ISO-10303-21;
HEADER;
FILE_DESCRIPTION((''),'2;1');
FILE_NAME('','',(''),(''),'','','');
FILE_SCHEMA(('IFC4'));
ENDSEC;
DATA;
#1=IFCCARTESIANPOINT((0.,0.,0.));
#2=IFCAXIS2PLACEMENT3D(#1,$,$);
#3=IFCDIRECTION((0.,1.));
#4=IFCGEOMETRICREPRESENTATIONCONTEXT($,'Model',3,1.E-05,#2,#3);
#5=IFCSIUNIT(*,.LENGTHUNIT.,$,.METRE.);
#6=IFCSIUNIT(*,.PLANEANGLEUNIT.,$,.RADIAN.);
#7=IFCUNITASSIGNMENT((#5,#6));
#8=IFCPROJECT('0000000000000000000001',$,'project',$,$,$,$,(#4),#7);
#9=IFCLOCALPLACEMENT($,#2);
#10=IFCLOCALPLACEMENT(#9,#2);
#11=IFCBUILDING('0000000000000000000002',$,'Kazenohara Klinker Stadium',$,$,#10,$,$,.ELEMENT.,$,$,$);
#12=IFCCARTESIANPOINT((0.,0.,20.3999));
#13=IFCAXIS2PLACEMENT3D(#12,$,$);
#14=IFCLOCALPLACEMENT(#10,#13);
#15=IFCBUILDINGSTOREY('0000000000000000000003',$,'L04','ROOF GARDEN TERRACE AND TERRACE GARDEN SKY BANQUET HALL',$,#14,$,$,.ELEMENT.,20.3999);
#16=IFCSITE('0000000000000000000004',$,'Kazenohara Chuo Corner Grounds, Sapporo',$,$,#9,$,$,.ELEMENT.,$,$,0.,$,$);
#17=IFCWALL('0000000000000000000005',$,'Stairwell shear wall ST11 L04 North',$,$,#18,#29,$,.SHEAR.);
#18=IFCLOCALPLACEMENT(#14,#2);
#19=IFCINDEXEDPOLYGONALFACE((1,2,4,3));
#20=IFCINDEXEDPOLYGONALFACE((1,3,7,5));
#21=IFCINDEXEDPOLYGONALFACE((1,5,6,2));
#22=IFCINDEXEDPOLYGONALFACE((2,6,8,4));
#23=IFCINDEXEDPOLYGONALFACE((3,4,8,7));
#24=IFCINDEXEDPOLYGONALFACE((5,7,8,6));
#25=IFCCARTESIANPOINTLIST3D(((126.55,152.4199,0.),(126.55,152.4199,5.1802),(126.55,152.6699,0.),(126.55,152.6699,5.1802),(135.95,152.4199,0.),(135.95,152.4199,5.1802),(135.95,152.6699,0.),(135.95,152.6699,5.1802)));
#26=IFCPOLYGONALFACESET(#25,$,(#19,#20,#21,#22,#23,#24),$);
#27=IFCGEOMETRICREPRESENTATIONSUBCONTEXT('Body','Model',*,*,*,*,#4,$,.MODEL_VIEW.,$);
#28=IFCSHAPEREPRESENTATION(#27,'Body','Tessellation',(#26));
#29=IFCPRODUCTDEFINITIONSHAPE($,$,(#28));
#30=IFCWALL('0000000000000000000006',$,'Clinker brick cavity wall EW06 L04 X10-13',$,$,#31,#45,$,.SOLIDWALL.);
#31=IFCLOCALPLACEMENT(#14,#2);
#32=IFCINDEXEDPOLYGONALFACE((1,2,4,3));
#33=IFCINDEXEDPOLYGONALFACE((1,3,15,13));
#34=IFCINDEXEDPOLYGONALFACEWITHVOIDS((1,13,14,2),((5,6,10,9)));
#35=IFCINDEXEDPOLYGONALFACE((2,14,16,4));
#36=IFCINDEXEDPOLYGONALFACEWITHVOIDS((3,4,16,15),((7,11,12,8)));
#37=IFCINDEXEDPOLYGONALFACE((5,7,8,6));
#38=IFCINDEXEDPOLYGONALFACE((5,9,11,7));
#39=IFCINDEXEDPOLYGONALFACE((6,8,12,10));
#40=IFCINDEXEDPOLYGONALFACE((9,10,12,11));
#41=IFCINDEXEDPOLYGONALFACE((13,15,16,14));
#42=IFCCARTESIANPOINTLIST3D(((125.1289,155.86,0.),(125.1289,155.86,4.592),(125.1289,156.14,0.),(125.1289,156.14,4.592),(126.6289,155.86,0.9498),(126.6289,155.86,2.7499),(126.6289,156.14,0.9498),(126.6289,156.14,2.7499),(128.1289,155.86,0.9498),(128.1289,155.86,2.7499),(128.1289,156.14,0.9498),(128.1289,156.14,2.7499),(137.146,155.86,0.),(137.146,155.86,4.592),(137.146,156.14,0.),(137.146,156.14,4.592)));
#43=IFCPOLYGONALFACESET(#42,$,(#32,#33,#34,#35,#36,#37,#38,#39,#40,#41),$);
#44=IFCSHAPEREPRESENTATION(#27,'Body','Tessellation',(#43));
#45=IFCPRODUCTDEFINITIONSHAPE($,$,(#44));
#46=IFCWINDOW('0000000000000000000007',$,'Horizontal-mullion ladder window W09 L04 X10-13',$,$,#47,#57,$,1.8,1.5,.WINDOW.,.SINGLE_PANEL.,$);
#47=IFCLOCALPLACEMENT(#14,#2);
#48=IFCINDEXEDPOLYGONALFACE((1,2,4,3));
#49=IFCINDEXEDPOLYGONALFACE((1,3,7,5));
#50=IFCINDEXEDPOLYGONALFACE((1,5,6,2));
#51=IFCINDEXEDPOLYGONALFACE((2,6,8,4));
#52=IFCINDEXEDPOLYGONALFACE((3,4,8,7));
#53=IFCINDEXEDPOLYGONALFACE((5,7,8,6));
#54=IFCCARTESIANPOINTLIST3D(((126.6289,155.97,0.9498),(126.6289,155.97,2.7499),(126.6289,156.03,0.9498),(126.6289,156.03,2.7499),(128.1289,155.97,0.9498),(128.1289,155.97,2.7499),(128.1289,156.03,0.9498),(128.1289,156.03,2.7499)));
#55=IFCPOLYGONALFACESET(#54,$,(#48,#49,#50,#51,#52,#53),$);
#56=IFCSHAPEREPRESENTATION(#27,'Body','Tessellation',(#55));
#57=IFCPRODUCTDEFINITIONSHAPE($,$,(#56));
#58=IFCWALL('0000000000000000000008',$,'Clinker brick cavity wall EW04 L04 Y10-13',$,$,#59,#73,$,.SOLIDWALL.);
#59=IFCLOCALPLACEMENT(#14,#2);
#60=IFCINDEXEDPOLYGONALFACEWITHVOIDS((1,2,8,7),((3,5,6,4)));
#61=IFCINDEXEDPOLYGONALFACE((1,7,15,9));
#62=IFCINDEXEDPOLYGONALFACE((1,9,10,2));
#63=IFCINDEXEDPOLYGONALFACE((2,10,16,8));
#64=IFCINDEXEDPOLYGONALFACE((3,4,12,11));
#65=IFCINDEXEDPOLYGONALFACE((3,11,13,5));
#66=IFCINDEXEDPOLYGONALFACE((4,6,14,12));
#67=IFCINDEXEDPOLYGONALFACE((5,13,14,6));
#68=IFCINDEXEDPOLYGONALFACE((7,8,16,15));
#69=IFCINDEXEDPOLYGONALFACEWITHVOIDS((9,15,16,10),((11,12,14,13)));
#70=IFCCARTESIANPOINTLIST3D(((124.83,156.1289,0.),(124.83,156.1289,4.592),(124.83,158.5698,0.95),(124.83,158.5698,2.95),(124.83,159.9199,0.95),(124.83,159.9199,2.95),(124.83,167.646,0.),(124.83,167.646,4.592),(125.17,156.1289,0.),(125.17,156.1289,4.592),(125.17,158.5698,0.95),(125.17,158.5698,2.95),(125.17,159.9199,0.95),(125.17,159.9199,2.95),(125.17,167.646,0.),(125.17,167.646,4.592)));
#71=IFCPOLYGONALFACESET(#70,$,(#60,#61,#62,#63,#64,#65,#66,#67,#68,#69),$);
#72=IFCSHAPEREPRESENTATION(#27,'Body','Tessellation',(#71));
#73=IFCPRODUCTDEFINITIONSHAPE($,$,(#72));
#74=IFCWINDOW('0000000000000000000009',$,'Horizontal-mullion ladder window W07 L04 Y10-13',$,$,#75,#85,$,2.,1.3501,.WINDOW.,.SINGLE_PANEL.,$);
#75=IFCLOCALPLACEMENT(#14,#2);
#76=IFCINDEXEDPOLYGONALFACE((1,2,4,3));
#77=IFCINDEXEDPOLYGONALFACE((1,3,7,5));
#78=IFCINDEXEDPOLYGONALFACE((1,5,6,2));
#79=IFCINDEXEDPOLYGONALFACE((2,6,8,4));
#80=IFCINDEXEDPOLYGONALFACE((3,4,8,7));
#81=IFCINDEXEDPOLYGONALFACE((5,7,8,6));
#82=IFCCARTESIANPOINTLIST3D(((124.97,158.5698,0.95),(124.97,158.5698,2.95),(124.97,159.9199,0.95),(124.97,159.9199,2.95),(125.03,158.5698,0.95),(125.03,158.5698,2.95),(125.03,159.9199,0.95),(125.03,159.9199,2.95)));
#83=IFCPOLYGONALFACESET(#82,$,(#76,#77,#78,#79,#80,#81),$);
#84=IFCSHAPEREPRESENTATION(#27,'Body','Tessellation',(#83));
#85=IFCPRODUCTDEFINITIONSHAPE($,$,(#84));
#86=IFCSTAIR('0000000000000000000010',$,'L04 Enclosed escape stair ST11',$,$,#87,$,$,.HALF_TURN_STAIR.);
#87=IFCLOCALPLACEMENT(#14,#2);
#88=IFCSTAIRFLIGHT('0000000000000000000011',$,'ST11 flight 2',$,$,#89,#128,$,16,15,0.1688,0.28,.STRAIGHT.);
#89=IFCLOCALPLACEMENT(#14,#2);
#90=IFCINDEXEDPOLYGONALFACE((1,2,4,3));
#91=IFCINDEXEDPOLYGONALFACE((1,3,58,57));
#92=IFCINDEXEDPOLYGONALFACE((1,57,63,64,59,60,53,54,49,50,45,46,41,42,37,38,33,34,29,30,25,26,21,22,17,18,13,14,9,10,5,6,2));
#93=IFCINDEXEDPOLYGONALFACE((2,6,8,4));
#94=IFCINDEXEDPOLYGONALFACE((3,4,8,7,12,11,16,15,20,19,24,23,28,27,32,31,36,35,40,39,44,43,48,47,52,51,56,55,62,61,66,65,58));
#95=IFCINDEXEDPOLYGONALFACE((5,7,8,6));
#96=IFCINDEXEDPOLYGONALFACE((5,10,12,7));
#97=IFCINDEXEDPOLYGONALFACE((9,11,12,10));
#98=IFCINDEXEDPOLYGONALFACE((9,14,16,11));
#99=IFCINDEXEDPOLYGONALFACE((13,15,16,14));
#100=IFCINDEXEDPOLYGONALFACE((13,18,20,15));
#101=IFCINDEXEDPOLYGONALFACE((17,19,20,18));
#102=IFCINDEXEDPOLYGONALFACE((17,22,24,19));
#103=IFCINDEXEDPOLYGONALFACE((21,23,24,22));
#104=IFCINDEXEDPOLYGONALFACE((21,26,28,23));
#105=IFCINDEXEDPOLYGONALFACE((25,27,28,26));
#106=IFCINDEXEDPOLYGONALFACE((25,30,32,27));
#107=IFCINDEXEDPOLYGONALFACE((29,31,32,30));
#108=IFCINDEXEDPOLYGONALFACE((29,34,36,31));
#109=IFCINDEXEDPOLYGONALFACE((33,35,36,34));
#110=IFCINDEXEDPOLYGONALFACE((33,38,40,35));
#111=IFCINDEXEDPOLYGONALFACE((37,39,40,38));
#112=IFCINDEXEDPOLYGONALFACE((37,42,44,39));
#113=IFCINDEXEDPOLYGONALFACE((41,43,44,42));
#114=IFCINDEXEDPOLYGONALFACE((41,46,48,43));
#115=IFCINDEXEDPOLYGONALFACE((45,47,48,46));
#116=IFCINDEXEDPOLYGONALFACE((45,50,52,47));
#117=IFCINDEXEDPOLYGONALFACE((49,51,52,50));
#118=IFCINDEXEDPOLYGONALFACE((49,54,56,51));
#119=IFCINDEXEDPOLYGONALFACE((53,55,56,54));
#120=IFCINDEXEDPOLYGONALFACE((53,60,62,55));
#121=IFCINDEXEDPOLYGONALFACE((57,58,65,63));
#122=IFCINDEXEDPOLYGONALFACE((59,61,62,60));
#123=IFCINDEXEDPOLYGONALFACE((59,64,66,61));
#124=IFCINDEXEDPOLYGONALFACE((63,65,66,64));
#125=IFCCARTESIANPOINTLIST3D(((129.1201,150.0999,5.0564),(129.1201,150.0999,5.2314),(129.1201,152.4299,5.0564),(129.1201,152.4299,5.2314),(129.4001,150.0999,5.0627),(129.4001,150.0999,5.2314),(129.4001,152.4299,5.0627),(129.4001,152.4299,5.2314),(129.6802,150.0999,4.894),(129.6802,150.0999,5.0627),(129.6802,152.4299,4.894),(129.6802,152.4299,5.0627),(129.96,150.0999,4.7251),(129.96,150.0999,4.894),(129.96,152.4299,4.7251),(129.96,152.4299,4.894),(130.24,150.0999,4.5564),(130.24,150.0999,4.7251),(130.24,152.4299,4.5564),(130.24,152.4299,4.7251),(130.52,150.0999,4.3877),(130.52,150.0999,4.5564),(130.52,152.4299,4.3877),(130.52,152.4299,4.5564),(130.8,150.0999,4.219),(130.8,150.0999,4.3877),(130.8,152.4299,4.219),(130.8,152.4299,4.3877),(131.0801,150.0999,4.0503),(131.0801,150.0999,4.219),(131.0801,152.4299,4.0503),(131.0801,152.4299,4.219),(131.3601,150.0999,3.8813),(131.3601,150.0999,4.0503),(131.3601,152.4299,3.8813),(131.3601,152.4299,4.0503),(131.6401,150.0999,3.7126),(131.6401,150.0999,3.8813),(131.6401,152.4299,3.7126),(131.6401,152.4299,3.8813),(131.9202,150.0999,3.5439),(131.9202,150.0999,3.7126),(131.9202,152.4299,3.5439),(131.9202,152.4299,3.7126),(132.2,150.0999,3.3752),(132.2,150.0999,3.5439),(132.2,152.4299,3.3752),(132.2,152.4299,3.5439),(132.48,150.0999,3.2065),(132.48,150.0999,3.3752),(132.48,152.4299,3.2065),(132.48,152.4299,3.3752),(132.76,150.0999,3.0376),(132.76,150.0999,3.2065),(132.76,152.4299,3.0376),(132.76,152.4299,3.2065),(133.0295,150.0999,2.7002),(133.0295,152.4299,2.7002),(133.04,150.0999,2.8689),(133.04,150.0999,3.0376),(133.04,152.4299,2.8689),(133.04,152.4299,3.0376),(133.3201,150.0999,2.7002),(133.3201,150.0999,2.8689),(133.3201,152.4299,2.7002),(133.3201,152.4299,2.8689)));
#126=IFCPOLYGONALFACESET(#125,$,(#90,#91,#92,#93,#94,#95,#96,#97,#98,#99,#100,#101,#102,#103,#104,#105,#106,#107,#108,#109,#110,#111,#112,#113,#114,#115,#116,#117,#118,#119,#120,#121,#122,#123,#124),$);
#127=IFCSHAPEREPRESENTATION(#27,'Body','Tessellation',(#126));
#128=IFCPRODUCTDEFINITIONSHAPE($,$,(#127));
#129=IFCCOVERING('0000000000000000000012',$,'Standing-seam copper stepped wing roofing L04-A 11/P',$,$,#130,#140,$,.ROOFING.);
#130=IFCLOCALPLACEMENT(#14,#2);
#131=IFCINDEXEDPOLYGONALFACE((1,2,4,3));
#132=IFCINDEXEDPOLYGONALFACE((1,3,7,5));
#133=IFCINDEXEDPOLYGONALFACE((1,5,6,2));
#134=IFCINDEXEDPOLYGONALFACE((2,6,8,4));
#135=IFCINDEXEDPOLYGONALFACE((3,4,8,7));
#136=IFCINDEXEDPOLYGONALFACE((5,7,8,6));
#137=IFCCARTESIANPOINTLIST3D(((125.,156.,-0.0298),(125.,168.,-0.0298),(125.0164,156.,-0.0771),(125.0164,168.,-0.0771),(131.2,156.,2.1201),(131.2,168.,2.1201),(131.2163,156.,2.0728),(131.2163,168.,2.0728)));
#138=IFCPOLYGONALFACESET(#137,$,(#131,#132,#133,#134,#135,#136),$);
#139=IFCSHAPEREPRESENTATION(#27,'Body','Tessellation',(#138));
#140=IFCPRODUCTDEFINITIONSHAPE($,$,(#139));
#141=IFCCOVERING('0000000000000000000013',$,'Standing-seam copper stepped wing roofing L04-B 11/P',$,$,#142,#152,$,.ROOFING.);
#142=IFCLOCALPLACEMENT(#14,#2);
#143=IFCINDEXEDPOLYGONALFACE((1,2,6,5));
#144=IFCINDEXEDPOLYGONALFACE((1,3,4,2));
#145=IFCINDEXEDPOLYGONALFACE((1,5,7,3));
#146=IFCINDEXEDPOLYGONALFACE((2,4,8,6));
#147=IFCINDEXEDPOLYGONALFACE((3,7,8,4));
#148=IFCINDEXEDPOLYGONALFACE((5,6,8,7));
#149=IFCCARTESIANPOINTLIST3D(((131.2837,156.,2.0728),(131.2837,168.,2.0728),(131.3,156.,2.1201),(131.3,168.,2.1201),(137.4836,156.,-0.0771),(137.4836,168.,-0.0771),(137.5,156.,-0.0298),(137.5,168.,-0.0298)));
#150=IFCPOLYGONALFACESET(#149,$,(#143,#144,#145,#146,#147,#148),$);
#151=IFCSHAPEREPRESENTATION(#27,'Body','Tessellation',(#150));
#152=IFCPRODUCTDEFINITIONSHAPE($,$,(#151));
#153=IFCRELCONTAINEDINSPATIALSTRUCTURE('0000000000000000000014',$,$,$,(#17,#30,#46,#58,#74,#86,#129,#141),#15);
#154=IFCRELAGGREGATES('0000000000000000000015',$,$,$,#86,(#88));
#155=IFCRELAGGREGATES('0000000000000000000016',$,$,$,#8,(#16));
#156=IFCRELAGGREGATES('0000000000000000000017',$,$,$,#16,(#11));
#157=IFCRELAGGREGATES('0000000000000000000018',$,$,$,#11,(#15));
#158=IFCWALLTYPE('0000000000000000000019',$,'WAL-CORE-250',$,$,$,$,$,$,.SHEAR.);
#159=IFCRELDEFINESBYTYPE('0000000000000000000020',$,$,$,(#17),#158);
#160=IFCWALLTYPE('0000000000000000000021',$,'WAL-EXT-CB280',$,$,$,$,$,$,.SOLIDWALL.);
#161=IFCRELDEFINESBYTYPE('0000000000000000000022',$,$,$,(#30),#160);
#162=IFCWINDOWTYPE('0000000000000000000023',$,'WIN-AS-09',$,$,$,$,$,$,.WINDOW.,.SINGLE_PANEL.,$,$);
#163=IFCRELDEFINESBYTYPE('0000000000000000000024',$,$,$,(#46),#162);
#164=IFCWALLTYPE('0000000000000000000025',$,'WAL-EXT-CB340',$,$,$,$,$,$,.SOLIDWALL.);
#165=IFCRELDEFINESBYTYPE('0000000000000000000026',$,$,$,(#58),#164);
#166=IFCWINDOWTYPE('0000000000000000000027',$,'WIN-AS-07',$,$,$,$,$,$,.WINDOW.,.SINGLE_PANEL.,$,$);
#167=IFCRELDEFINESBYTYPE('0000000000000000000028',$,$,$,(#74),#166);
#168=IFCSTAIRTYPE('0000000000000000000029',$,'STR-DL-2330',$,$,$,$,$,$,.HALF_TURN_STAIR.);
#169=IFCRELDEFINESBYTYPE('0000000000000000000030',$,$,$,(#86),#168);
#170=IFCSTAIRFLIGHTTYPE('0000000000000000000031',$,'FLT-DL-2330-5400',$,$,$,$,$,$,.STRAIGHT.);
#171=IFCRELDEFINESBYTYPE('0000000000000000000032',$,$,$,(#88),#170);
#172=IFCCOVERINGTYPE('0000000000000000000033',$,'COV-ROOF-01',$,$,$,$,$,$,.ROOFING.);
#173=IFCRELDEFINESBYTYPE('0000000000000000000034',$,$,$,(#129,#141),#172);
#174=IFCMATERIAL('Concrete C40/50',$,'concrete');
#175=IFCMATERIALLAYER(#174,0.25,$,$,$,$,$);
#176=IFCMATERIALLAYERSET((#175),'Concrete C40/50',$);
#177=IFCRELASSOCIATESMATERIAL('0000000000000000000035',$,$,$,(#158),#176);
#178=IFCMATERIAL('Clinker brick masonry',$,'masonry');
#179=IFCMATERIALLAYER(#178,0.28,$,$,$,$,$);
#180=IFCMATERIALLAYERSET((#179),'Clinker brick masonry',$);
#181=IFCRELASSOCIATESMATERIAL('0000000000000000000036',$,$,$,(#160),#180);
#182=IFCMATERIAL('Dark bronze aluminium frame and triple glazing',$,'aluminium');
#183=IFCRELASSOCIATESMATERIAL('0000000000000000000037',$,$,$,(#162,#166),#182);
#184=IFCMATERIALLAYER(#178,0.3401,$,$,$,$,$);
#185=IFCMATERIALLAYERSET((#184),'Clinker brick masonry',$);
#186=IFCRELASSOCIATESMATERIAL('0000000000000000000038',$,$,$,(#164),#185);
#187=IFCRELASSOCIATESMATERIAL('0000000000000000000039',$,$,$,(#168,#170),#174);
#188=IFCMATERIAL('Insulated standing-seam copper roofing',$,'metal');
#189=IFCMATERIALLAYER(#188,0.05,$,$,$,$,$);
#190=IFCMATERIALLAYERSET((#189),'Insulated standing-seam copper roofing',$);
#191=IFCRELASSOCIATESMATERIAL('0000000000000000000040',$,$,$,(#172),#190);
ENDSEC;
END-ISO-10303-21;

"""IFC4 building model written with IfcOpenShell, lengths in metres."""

from ifc_helpers import new_model, si_unit, direction, frame, frame_2d, origin, place, context, subcontext, project, spatial, polyline, rectangle, outline, extrude, material, layer, layer_set, type_object, element, fill, aggregate, save


model = new_model("IFC4")

# Units and contexts
model_context = context("Model", 3, precision=1e-05, world=origin(), true_north=direction((0.0, 1.0)))
body_context = subcontext(model_context, "Body", "Model", "MODEL_VIEW")
ifc_project = project(units=[si_unit("LENGTHUNIT", "METRE"), si_unit("PLANEANGLEUNIT", "RADIAN")], contexts=[model_context])

# Site, building, storey
site_placement = place(None, origin())
site = spatial("IfcSite", under=ifc_project, at=site_placement, Name="Kazenohara Chuo Corner Grounds, Sapporo", CompositionType="ELEMENT", RefElevation=0.0)
building_placement = place(site_placement, origin())
building = spatial("IfcBuilding", under=site, at=building_placement, Name="Kazenohara Klinker Stadium", CompositionType="ELEMENT")
storey_placement = place(building_placement, frame((0.0, 0.0, 20.3999)))
storey = spatial("IfcBuildingStorey", under=building, at=storey_placement, Name="L04", Description="ROOF GARDEN TERRACE AND TERRACE GARDEN SKY BANQUET HALL", CompositionType="ELEMENT", Elevation=20.3999)

# Shared definitions
ifc_material_1 = material(Name="Concrete C40/50", Category="concrete")

# Wall
ifc_layer_1 = layer(ifc_material_1, 0.25)
ifc_layer_set_1 = layer_set([ifc_layer_1], Name="Concrete C40/50")
wall_type_1 = type_object("IfcWallType", Name="WAL-CORE-250", PredefinedType="SHEAR", material=ifc_layer_set_1)
wall_1_placement = place(storey_placement, frame((126.55, 152.5449, 0.0), z_axis=(0.0, 0.0, 1.0), x_axis=(1.0, 0.0, 0.0)))
element("IfcWall", 1, at=wall_1_placement, inside=storey, type_object=wall_type_1, Name="Stairwell shear wall ST11 L04 North", PredefinedType="SHEAR", context=body_context, shape_type="SweptSolid", body=[
    extrude(rectangle(XDim=9.3999, YDim=0.25, at=frame_2d((4.7, 0.0))), origin(), (0.0, 0.0, 1.0), 5.1802),
])

# Walls, openings, windows
ifc_material_2 = material(Name="Clinker brick masonry", Category="masonry")
ifc_layer_2 = layer(ifc_material_2, 0.28)
ifc_layer_set_2 = layer_set([ifc_layer_2], Name="Clinker brick masonry")
wall_type_2 = type_object("IfcWallType", Name="WAL-EXT-CB280", PredefinedType="SOLIDWALL", material=ifc_layer_set_2)
wall_2_placement = place(storey_placement, frame((125.1289, 156.0, 0.0), z_axis=(0.0, 0.0, 1.0), x_axis=(1.0, 0.0, 0.0)))
wall_2 = element("IfcWall", 2, at=wall_2_placement, inside=storey, type_object=wall_type_2, Name="Clinker brick cavity wall EW06 L04 X10-13", PredefinedType="SOLIDWALL", context=body_context, shape_type="SweptSolid", body=[
    extrude(rectangle(XDim=12.0171, YDim=0.28, at=frame_2d((6.0085, 0.0))), origin(), (0.0, 0.0, 1.0), 4.592),
])
opening_1_placement = place(wall_2_placement, frame((1.5, 0.0, 0.95)))
opening_1 = element("IfcOpeningElement", 3, at=opening_1_placement, cuts=wall_2, PredefinedType="OPENING", context=body_context, shape_type="SweptSolid", body=[
    extrude(rectangle(XDim=1.5, YDim=1.8, at=frame_2d((0.75, 0.8999))), frame((0.0, 0.1499, 0.0), z_axis=(0.0, -1.0, 0.0), x_axis=(1.0, 0.0, 0.0)), (0.0, 0.0, 1.0), 0.3),
])
ifc_material_3 = material(Name="Dark bronze aluminium frame and triple glazing", Category="aluminium")
window_type_1 = type_object("IfcWindowType", Name="WIN-AS-09", PartitioningType="SINGLE_PANEL", PredefinedType="WINDOW", material=ifc_material_3)
window_1_placement = place(opening_1_placement, origin())
window_1 = element("IfcWindow", 4, at=window_1_placement, inside=storey, type_object=window_type_1, Name="Horizontal-mullion ladder window W09 L04 X10-13", OverallHeight=1.8, OverallWidth=1.5, PartitioningType="SINGLE_PANEL", PredefinedType="WINDOW", context=body_context, shape_type="SweptSolid", body=[
    extrude(rectangle(XDim=1.5, YDim=1.8, at=frame_2d((0.75, 0.8999))), frame((0.0, 0.03, 0.0), z_axis=(0.0, -1.0, 0.0), x_axis=(1.0, 0.0, 0.0)), (0.0, 0.0, 1.0), 0.0601),
])
fill(opening_1, window_1)
ifc_layer_3 = layer(ifc_material_2, 0.3401)
ifc_layer_set_3 = layer_set([ifc_layer_3], Name="Clinker brick masonry")
wall_type_3 = type_object("IfcWallType", Name="WAL-EXT-CB340", PredefinedType="SOLIDWALL", material=ifc_layer_set_3)
wall_3_placement = place(storey_placement, frame((125.0, 156.1289, 0.0), z_axis=(0.0, 0.0, 1.0), x_axis=(0.0, 1.0, 0.0)))
wall_3 = element("IfcWall", 5, at=wall_3_placement, inside=storey, type_object=wall_type_3, Name="Clinker brick cavity wall EW04 L04 Y10-13", PredefinedType="SOLIDWALL", context=body_context, shape_type="SweptSolid", body=[
    extrude(rectangle(XDim=11.5171, YDim=0.3401, at=frame_2d((5.7585, 0.0))), origin(), (0.0, 0.0, 1.0), 4.592),
])
opening_2_placement = place(wall_3_placement, frame((2.4409, 0.0, 0.95)))
opening_2 = element("IfcOpeningElement", 6, at=opening_2_placement, cuts=wall_3, PredefinedType="OPENING", context=body_context, shape_type="SweptSolid", body=[
    extrude(rectangle(XDim=1.3501, YDim=2.0, at=frame_2d((0.675, 1.0))), frame((0.0, 0.1802, 0.0), z_axis=(0.0, -1.0, 0.0), x_axis=(1.0, 0.0, 0.0)), (0.0, 0.0, 1.0), 0.3601),
])
window_type_2 = type_object("IfcWindowType", Name="WIN-AS-07", PartitioningType="SINGLE_PANEL", PredefinedType="WINDOW", material=ifc_material_3)
window_2_placement = place(opening_2_placement, origin())
window_2 = element("IfcWindow", 7, at=window_2_placement, inside=storey, type_object=window_type_2, Name="Horizontal-mullion ladder window W07 L04 Y10-13", OverallHeight=2.0, OverallWidth=1.3501, PartitioningType="SINGLE_PANEL", PredefinedType="WINDOW", context=body_context, shape_type="SweptSolid", body=[
    extrude(rectangle(XDim=1.3501, YDim=2.0, at=frame_2d((0.675, 1.0))), frame((0.0, 0.03, 0.0), z_axis=(0.0, -1.0, 0.0), x_axis=(1.0, 0.0, 0.0)), (0.0, 0.0, 1.0), 0.0601),
])
fill(opening_2, window_2)

# Stair, stair flight
stair_type = type_object("IfcStairType", Name="STR-DL-2330", PredefinedType="HALF_TURN_STAIR", material=ifc_material_1)
stair_placement = place(storey_placement, origin())
stair = element("IfcStair", 8, at=stair_placement, inside=storey, type_object=stair_type, Name="L04 Enclosed escape stair ST11", PredefinedType="HALF_TURN_STAIR")
stair_flight_type = type_object("IfcStairFlightType", Name="FLT-DL-2330-5400", PredefinedType="STRAIGHT", material=ifc_material_1)
stair_flight_placement = place(storey_placement, frame((133.3201, 151.2649, 2.7002), z_axis=(0.0, 0.0, 1.0), x_axis=(-1.0, 0.0, 0.0)))
stair_flight = element("IfcStairFlight", 9, at=stair_flight_placement, type_object=stair_flight_type, Name="ST11 flight 2", NumberOfRisers=16, NumberOfTreads=15, PredefinedType="STRAIGHT", RiserHeight=0.1688, TreadLength=0.28, context=body_context, shape_type="SweptSolid", body=[
    extrude(outline(polyline([(0.0, 0.0), (0.0, 0.1687), (0.28, 0.1687), (0.28, 0.3374), (0.5601, 0.3374), (0.5601, 0.5063), (0.8401, 0.5063), (0.8401, 0.675), (1.1201, 0.675), (1.1201, 0.8438), (1.3999, 0.8438), (1.3999, 1.0125), (1.6799, 1.0125), (1.6799, 1.1812), (1.96, 1.1812), (1.96, 1.3501), (2.24, 1.3501), (2.24, 1.5188), (2.52, 1.5188), (2.52, 1.6875), (2.8, 1.6875), (2.8, 1.8562), (3.0801, 1.8562), (3.0801, 2.0249), (3.3601, 2.0249), (3.3601, 2.1938), (3.6399, 2.1938), (3.6399, 2.3625), (3.9199, 2.3625), (3.9199, 2.5312), (4.2, 2.5312), (4.2, 2.7), (4.2, 2.3562), (0.2905, 0.0), (0.0, 0.0)])), frame((0.0, 1.165, 0.0), z_axis=(0.0, -1.0, 0.0), x_axis=(1.0, 0.0, 0.0)), (0.0, 0.0, 1.0), 2.3301),
])
aggregate(stair, [stair_flight])

# Coverings
ifc_material_4 = material(Name="Insulated standing-seam copper roofing", Category="metal")
ifc_layer_4 = layer(ifc_material_4, 0.05)
ifc_layer_set_4 = layer_set([ifc_layer_4], Name="Insulated standing-seam copper roofing")
covering_type = type_object("IfcCoveringType", Name="COV-ROOF-01", PredefinedType="ROOFING", material=ifc_layer_set_4)
for number, where, z_axis, x_axis, name in (
    (10, (125.0, 156.0, -0.0298), (-0.327623, 0.0, 0.944809), (0.944809, 0.0, 0.327623), "Standing-seam copper stepped wing roofing L04-A 11/P"),
    (11, (131.3, 156.0, 2.1201), (0.327623, 0.0, 0.944809), (0.944809, 0.0, -0.327623), "Standing-seam copper stepped wing roofing L04-B 11/P"),
):
    element("IfcCovering", number, at=place(storey_placement, frame(where, z_axis=z_axis, x_axis=x_axis)), inside=storey, type_object=covering_type, Name=name, PredefinedType="ROOFING", context=body_context, shape_type="SweptSolid", body=[
        extrude(outline(polyline([(0.0, 0.0), (6.5621, 0.0), (6.5621, 12.0), (0.0, 12.0), (0.0, 0.0)])), origin(), (0.0, 0.0, -1.0), 0.05),
    ])

save(model, "model.ifc")
